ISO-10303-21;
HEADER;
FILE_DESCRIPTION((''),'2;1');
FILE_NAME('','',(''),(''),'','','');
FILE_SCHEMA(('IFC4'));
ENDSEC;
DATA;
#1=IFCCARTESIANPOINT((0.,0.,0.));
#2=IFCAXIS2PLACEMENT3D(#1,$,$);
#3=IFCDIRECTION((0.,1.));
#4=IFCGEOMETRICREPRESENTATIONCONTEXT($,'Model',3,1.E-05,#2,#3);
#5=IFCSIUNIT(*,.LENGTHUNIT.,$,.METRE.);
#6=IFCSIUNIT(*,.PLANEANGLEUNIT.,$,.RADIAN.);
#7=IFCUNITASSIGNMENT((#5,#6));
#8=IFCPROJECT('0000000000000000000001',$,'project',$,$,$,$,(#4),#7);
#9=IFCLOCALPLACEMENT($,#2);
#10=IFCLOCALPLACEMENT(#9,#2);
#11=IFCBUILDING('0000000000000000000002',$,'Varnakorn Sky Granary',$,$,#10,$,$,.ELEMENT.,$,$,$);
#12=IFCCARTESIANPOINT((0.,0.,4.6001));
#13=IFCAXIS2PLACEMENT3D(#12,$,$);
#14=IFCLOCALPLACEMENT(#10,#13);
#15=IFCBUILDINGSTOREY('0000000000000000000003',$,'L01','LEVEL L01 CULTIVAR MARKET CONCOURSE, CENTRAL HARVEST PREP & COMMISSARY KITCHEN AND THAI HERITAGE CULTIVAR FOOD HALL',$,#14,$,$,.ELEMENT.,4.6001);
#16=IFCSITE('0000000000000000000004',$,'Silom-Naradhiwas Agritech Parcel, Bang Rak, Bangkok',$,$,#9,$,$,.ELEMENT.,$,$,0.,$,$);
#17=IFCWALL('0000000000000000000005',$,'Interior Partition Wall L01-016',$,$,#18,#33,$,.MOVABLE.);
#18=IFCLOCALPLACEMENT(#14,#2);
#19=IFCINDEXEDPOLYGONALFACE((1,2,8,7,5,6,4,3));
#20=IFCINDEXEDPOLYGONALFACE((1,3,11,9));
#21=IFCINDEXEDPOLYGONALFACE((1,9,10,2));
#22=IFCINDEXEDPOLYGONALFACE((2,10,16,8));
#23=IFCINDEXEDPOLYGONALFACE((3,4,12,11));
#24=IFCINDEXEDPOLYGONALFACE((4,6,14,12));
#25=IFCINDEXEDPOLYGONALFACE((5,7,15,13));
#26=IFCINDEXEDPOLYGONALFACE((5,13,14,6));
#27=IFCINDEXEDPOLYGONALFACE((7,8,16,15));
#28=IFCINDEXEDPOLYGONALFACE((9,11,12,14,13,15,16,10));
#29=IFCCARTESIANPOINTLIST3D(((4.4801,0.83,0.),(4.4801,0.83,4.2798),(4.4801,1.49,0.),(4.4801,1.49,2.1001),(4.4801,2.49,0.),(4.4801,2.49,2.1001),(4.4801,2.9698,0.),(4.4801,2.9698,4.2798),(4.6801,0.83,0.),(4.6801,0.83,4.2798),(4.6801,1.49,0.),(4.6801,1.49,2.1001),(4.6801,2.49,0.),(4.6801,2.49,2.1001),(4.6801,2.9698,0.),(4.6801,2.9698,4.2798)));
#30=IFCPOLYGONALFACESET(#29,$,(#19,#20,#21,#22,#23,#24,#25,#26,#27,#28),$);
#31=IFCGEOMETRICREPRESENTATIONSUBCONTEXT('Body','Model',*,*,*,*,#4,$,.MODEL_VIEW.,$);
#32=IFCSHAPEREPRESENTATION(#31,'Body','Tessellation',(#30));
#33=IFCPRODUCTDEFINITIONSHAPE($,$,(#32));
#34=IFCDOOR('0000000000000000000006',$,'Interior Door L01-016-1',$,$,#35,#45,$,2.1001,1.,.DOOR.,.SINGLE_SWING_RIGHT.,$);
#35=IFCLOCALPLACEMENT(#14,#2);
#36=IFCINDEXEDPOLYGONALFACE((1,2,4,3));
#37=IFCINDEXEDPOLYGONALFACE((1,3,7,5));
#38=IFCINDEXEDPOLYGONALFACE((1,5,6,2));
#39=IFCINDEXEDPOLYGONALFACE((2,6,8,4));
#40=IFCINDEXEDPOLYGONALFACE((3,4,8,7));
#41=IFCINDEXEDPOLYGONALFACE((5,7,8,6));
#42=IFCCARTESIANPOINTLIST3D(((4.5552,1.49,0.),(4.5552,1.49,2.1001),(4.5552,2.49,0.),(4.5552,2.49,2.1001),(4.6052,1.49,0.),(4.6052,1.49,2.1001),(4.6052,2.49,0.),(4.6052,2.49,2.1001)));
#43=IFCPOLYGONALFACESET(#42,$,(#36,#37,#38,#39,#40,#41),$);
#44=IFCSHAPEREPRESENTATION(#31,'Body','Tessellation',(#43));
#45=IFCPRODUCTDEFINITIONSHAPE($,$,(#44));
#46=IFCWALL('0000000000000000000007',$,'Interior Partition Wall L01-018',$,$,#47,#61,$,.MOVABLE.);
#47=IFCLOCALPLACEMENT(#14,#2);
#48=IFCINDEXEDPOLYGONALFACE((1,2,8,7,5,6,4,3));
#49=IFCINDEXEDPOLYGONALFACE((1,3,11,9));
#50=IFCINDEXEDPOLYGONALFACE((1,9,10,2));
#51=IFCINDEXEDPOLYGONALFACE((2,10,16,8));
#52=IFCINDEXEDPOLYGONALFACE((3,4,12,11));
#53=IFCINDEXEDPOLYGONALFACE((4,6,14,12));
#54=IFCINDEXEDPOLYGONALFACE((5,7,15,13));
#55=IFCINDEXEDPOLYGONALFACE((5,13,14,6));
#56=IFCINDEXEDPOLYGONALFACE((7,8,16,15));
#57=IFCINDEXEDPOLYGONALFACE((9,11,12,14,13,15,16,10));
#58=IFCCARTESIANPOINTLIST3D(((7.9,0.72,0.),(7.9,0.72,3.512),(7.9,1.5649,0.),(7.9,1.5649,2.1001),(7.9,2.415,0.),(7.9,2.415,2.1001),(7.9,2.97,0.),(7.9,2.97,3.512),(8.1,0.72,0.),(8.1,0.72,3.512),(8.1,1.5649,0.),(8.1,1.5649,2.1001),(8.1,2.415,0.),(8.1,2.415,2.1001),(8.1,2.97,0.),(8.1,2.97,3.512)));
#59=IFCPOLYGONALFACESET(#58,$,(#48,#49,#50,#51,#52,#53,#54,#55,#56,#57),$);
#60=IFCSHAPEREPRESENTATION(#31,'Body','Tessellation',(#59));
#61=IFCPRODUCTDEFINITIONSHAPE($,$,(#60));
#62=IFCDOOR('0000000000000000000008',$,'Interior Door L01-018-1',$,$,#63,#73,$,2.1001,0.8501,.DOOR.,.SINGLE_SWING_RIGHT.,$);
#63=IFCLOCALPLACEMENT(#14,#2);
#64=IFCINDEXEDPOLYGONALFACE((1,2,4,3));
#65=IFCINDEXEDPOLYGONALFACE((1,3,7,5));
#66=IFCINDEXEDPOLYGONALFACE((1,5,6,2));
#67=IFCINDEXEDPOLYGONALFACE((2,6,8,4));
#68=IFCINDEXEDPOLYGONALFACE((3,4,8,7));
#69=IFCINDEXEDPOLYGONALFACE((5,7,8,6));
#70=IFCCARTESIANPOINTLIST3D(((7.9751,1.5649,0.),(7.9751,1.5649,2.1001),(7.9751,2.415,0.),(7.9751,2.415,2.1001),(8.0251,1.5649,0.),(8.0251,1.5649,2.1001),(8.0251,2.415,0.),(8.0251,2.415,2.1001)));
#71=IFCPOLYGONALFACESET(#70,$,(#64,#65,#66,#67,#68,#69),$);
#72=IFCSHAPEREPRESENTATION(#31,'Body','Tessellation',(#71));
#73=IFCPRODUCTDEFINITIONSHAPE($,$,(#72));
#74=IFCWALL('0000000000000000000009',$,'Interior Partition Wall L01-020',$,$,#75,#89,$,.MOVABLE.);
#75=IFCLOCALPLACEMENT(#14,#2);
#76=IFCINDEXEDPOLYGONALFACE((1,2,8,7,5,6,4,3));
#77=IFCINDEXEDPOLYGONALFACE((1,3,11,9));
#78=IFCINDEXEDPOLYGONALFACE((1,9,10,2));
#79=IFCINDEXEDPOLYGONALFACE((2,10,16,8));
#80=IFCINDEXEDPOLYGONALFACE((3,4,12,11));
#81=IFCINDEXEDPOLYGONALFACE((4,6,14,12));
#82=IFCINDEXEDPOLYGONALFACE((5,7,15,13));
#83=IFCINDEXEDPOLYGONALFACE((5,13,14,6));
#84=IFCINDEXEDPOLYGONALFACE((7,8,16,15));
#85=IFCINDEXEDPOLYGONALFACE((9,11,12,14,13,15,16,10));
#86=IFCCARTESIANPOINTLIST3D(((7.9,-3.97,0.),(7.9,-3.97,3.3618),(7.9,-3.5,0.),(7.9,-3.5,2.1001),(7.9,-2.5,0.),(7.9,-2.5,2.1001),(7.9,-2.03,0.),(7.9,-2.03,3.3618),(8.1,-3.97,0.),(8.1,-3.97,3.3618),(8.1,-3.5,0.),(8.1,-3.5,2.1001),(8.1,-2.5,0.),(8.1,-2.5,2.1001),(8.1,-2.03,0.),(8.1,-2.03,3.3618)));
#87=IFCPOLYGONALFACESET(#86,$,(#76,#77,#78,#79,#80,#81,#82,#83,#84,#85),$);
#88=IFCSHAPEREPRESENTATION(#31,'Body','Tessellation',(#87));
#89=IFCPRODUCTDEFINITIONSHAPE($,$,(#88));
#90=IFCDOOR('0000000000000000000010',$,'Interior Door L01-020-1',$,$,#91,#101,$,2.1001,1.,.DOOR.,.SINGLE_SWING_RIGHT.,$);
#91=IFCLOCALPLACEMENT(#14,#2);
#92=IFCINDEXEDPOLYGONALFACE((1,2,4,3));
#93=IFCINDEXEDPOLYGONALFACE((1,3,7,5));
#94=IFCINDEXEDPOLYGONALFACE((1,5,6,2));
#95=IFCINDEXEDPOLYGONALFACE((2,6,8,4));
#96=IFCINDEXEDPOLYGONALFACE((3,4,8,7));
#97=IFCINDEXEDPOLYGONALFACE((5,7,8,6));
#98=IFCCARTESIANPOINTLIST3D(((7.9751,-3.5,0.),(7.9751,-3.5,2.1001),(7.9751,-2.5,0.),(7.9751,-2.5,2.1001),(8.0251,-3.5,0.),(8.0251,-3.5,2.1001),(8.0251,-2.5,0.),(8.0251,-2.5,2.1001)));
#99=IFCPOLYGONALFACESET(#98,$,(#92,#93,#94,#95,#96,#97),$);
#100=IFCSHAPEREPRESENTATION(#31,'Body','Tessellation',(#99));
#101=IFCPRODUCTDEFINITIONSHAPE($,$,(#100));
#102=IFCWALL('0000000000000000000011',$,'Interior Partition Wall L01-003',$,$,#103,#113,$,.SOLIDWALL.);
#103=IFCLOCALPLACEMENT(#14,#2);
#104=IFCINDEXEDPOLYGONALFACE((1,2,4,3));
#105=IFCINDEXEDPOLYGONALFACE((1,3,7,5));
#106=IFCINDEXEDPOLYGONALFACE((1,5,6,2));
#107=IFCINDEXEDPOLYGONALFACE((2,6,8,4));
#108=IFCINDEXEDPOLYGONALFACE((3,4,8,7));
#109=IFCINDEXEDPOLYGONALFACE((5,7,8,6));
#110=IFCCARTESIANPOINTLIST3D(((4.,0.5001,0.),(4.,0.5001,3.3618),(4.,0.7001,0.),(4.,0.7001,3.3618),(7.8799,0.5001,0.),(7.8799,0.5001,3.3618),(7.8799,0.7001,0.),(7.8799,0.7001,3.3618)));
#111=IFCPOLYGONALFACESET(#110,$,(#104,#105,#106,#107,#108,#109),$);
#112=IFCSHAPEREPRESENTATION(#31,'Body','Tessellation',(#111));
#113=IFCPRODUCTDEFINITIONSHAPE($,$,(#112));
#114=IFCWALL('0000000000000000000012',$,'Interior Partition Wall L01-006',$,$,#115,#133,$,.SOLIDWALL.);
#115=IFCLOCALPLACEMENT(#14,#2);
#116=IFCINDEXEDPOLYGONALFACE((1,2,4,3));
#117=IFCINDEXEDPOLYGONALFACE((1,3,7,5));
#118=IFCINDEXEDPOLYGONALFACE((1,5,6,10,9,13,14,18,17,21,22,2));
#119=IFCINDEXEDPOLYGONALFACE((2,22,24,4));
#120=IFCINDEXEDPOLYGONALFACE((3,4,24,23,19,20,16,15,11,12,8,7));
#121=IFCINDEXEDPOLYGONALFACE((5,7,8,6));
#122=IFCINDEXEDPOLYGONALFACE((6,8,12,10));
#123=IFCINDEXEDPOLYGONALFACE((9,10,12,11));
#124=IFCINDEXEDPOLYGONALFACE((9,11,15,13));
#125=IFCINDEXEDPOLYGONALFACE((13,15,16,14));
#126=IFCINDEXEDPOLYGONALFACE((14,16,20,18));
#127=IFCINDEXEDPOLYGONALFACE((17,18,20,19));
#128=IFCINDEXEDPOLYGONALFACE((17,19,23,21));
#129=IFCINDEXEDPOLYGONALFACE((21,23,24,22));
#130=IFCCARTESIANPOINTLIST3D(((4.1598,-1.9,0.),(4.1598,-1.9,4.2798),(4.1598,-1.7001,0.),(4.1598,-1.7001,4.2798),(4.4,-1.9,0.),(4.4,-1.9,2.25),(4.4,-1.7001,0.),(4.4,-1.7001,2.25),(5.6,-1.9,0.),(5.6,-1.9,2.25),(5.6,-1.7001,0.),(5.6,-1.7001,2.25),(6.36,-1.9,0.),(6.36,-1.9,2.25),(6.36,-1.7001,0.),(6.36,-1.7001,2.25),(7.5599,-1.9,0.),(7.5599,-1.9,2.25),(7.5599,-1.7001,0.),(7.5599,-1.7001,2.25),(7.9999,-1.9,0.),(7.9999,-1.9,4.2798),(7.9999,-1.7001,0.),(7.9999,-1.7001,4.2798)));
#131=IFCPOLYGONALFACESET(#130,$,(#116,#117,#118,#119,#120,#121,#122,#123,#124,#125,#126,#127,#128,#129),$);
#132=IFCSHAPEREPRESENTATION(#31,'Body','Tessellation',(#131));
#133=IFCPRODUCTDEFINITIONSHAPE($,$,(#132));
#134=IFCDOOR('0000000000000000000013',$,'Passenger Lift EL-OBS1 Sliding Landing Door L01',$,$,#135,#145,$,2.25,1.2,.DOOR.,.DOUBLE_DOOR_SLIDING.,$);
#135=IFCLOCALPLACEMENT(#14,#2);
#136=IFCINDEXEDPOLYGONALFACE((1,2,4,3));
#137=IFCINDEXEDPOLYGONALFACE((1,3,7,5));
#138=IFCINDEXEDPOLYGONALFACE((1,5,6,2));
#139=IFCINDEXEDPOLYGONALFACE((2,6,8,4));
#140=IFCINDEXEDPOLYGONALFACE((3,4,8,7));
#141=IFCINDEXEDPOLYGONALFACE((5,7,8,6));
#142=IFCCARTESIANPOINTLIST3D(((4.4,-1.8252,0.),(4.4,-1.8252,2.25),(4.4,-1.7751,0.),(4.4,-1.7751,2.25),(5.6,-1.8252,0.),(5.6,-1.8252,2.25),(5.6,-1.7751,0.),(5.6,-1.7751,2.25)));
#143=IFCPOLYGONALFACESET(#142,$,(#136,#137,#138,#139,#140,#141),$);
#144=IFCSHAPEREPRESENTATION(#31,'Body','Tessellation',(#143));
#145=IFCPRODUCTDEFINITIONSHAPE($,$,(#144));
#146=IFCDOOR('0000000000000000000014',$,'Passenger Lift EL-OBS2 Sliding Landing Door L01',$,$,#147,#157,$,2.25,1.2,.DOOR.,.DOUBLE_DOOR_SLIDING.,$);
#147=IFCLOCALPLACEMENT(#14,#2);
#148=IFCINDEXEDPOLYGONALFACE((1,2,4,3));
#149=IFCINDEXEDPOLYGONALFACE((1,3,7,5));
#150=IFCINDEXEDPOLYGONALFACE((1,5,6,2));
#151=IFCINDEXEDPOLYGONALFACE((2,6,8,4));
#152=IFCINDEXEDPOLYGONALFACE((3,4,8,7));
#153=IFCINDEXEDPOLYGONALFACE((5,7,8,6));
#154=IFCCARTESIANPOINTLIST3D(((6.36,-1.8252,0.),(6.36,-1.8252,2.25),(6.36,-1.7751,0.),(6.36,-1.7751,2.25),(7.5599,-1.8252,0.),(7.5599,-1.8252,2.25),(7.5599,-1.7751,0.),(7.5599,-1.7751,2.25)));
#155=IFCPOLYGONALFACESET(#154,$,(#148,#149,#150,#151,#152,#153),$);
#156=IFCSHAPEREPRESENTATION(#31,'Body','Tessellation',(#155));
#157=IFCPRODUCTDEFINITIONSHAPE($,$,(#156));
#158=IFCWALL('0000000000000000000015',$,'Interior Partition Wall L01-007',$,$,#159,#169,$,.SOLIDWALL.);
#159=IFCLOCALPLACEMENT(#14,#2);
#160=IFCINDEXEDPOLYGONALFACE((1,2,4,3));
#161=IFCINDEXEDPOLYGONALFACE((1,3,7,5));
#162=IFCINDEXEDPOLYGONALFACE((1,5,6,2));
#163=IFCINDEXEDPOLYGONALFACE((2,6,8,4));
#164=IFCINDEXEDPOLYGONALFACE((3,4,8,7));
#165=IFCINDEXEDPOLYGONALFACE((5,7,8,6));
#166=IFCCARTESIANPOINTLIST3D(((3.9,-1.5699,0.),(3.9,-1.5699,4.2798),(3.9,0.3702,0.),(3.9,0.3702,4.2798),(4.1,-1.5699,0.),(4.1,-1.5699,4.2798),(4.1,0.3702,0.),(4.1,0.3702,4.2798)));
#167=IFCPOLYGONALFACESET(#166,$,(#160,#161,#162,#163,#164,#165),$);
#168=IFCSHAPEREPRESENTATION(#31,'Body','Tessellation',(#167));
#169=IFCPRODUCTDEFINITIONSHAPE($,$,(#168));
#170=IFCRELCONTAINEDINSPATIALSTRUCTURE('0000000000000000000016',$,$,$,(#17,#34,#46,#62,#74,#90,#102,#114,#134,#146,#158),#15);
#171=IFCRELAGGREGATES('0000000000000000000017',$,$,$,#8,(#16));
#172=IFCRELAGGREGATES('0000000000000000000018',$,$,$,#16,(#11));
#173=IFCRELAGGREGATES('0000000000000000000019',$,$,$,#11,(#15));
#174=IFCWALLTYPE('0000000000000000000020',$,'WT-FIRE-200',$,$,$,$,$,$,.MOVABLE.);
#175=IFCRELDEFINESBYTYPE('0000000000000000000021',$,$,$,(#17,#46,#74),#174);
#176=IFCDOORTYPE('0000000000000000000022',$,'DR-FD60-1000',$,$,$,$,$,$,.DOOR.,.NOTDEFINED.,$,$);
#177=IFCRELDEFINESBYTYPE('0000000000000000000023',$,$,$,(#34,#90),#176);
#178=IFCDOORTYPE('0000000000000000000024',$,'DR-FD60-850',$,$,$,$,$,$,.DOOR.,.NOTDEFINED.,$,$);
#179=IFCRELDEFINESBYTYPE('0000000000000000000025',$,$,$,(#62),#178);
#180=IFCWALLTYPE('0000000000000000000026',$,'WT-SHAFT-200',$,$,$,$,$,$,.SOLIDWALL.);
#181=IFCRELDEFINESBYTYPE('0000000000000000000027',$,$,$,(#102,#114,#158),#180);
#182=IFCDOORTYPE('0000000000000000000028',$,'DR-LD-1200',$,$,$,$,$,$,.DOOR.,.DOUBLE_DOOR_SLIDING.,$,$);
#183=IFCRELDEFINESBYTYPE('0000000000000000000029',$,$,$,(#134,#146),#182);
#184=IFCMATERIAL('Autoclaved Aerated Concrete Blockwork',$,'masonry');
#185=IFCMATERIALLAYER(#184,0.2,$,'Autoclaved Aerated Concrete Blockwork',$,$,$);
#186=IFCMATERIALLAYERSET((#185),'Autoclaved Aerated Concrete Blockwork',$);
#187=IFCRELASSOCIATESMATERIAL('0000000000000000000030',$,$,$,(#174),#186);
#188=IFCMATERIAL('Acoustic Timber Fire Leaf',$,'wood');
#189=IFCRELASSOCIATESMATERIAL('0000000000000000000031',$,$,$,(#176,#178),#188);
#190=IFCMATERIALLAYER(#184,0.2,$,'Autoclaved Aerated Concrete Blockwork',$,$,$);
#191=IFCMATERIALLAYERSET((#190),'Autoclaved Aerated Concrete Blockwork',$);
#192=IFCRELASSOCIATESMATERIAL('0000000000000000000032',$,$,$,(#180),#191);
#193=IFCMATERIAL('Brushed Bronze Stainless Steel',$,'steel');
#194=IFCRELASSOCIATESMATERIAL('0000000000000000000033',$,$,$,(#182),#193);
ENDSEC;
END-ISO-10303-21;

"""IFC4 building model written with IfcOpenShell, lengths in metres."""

from ifc_helpers import new_model, si_unit, direction, frame, frame_2d, origin, place, context, subcontext, project, spatial, rectangle, extrude, material, layer, layer_set, type_object, element, fill, save


model = new_model("IFC4")

# Units and contexts
model_context = context("Model", 3, precision=1e-05, world=origin(), true_north=direction((0.0, 1.0)))
body_context = subcontext(model_context, "Body", "Model", "MODEL_VIEW")
ifc_project = project(units=[si_unit("LENGTHUNIT", "METRE"), si_unit("PLANEANGLEUNIT", "RADIAN")], contexts=[model_context])

# Site, building, storey
site_placement = place(None, origin())
site = spatial("IfcSite", under=ifc_project, at=site_placement, Name="Silom-Naradhiwas Agritech Parcel, Bang Rak, Bangkok", CompositionType="ELEMENT", RefElevation=0.0)
building_placement = place(site_placement, origin())
building = spatial("IfcBuilding", under=site, at=building_placement, Name="Varnakorn Sky Granary", CompositionType="ELEMENT")
storey_placement = place(building_placement, frame((0.0, 0.0, 4.6001)))
storey = spatial("IfcBuildingStorey", under=building, at=storey_placement, Name="L01", Description="LEVEL L01 CULTIVAR MARKET CONCOURSE, CENTRAL HARVEST PREP & COMMISSARY KITCHEN AND THAI HERITAGE CULTIVAR FOOD HALL", CompositionType="ELEMENT", Elevation=4.6001)

# Walls, openings, doors
ifc_material_1 = material(Name="Autoclaved Aerated Concrete Blockwork", Category="masonry")
ifc_layer_1 = layer(ifc_material_1, 0.2, Name="Autoclaved Aerated Concrete Blockwork")
ifc_layer_set_1 = layer_set([ifc_layer_1], Name="Autoclaved Aerated Concrete Blockwork")
wall_type_1 = type_object("IfcWallType", Name="WT-FIRE-200", PredefinedType="MOVABLE", material=ifc_layer_set_1)
wall_1_placement = place(storey_placement, frame((4.5801, 0.8301, 0.0), z_axis=(0.0, 0.0, 1.0), x_axis=(0.0, 1.0, 0.0)))
wall_1 = element("IfcWall", 1, at=wall_1_placement, inside=storey, type_object=wall_type_1, Name="Interior Partition Wall L01-016", PredefinedType="MOVABLE", context=body_context, shape_type="SweptSolid", body=[
    extrude(rectangle(XDim=2.1399, YDim=0.2, at=frame_2d((1.0698, 0.0))), origin(), (0.0, 0.0, 1.0), 4.2798),
])
opening_1_placement = place(wall_1_placement, frame((0.6599, 0.0, 0.0)))
opening_1 = element("IfcOpeningElement", 2, at=opening_1_placement, cuts=wall_1, PredefinedType="OPENING", context=body_context, shape_type="SweptSolid", body=[
    extrude(rectangle(XDim=1.0, YDim=2.1001, at=frame_2d((0.5, 1.05))), frame((0.0, 0.1099, 0.0), z_axis=(0.0, -1.0, 0.0), x_axis=(1.0, 0.0, 0.0)), (0.0, 0.0, 1.0), 0.22),
])
ifc_material_2 = material(Name="Acoustic Timber Fire Leaf", Category="wood")
door_type_1 = type_object("IfcDoorType", Name="DR-FD60-1000", OperationType="NOTDEFINED", PredefinedType="DOOR", material=ifc_material_2)
door_1_placement = place(opening_1_placement, origin())
door_1 = element("IfcDoor", 3, at=door_1_placement, inside=storey, type_object=door_type_1, Name="Interior Door L01-016-1", OperationType="SINGLE_SWING_RIGHT", OverallHeight=2.1001, OverallWidth=1.0, PredefinedType="DOOR", context=body_context, shape_type="SweptSolid", body=[
    extrude(rectangle(XDim=1.0, YDim=2.1001, at=frame_2d((0.5, 1.05))), frame((0.0, 0.0249, 0.0), z_axis=(0.0, -1.0, 0.0), x_axis=(1.0, 0.0, 0.0)), (0.0, 0.0, 1.0), 0.05),
])
fill(opening_1, door_1)
wall_2_placement = place(storey_placement, frame((8.0, 0.72, 0.0), z_axis=(0.0, 0.0, 1.0), x_axis=(0.0, 1.0, 0.0)))
wall_2 = element("IfcWall", 4, at=wall_2_placement, inside=storey, type_object=wall_type_1, Name="Interior Partition Wall L01-018", PredefinedType="MOVABLE", context=body_context, shape_type="SweptSolid", body=[
    extrude(rectangle(XDim=2.25, YDim=0.2, at=frame_2d((1.125, 0.0))), origin(), (0.0, 0.0, 1.0), 3.512),
])
opening_2_placement = place(wall_2_placement, frame((0.845, 0.0, 0.0)))
opening_2 = element("IfcOpeningElement", 5, at=opening_2_placement, cuts=wall_2, PredefinedType="OPENING", context=body_context, shape_type="SweptSolid", body=[
    extrude(rectangle(XDim=0.8501, YDim=2.1001, at=frame_2d((0.425, 1.05))), frame((0.0, 0.1099, 0.0), z_axis=(0.0, -1.0, 0.0), x_axis=(1.0, 0.0, 0.0)), (0.0, 0.0, 1.0), 0.22),
])
door_type_2 = type_object("IfcDoorType", Name="DR-FD60-850", OperationType="NOTDEFINED", PredefinedType="DOOR", material=ifc_material_2)
door_2_placement = place(opening_2_placement, origin())
door_2 = element("IfcDoor", 6, at=door_2_placement, inside=storey, type_object=door_type_2, Name="Interior Door L01-018-1", OperationType="SINGLE_SWING_RIGHT", OverallHeight=2.1001, OverallWidth=0.8501, PredefinedType="DOOR", context=body_context, shape_type="SweptSolid", body=[
    extrude(rectangle(XDim=0.8501, YDim=2.1001, at=frame_2d((0.425, 1.05))), frame((0.0, 0.0249, 0.0), z_axis=(0.0, -1.0, 0.0), x_axis=(1.0, 0.0, 0.0)), (0.0, 0.0, 1.0), 0.05),
])
fill(opening_2, door_2)
wall_3_placement = place(storey_placement, frame((8.0, -3.97, 0.0), z_axis=(0.0, 0.0, 1.0), x_axis=(0.0, 1.0, 0.0)))
wall_3 = element("IfcWall", 7, at=wall_3_placement, inside=storey, type_object=wall_type_1, Name="Interior Partition Wall L01-020", PredefinedType="MOVABLE", context=body_context, shape_type="SweptSolid", body=[
    extrude(rectangle(XDim=1.9399, YDim=0.2, at=frame_2d((0.97, 0.0))), origin(), (0.0, 0.0, 1.0), 3.3618),
])
opening_3_placement = place(wall_3_placement, frame((0.47, 0.0, 0.0)))
opening_3 = element("IfcOpeningElement", 8, at=opening_3_placement, cuts=wall_3, PredefinedType="OPENING", context=body_context, shape_type="SweptSolid", body=[
    extrude(rectangle(XDim=1.0, YDim=2.1001, at=frame_2d((0.5, 1.05))), frame((0.0, 0.1099, 0.0), z_axis=(0.0, -1.0, 0.0), x_axis=(1.0, 0.0, 0.0)), (0.0, 0.0, 1.0), 0.22),
])
door_3_placement = place(opening_3_placement, origin())
door_3 = element("IfcDoor", 9, at=door_3_placement, inside=storey, type_object=door_type_1, Name="Interior Door L01-020-1", OperationType="SINGLE_SWING_RIGHT", OverallHeight=2.1001, OverallWidth=1.0, PredefinedType="DOOR", context=body_context, shape_type="SweptSolid", body=[
    extrude(rectangle(XDim=1.0, YDim=2.1001, at=frame_2d((0.5, 1.05))), frame((0.0, 0.0249, 0.0), z_axis=(0.0, -1.0, 0.0), x_axis=(1.0, 0.0, 0.0)), (0.0, 0.0, 1.0), 0.05),
])
fill(opening_3, door_3)

# Wall
ifc_layer_2 = layer(ifc_material_1, 0.2, Name="Autoclaved Aerated Concrete Blockwork")
ifc_layer_set_2 = layer_set([ifc_layer_2], Name="Autoclaved Aerated Concrete Blockwork")
wall_type_2 = type_object("IfcWallType", Name="WT-SHAFT-200", PredefinedType="SOLIDWALL", material=ifc_layer_set_2)
wall_4_placement = place(storey_placement, frame((4.0, 0.6001, 0.0), z_axis=(0.0, 0.0, 1.0), x_axis=(1.0, 0.0, 0.0)))
element("IfcWall", 10, at=wall_4_placement, inside=storey, type_object=wall_type_2, Name="Interior Partition Wall L01-003", PredefinedType="SOLIDWALL", context=body_context, shape_type="SweptSolid", body=[
    extrude(rectangle(XDim=3.8799, YDim=0.2, at=frame_2d((1.9399, 0.0))), origin(), (0.0, 0.0, 1.0), 3.3618),
])

# Wall, openings, doors
wall_5_placement = place(storey_placement, frame((4.1599, -1.8, 0.0), z_axis=(0.0, 0.0, 1.0), x_axis=(1.0, 0.0, 0.0)))
wall_5 = element("IfcWall", 11, at=wall_5_placement, inside=storey, type_object=wall_type_2, Name="Interior Partition Wall L01-006", PredefinedType="SOLIDWALL", context=body_context, shape_type="SweptSolid", body=[
    extrude(rectangle(XDim=3.8401, YDim=0.2, at=frame_2d((1.9199, 0.0))), origin(), (0.0, 0.0, 1.0), 4.2798),
])
opening_4_placement = place(wall_5_placement, frame((0.24, 0.0, 0.0)))
opening_4 = element("IfcOpeningElement", 12, at=opening_4_placement, cuts=wall_5, PredefinedType="OPENING", context=body_context, shape_type="SweptSolid", body=[
    extrude(rectangle(XDim=1.2, YDim=2.25, at=frame_2d((0.6001, 1.125))), frame((0.0, 0.1099, 0.0), z_axis=(0.0, -1.0, 0.0), x_axis=(1.0, 0.0, 0.0)), (0.0, 0.0, 1.0), 0.22),
])
opening_5_placement = place(wall_5_placement, frame((2.2, 0.0, 0.0)))
opening_5 = element("IfcOpeningElement", 13, at=opening_5_placement, cuts=wall_5, PredefinedType="OPENING", context=body_context, shape_type="SweptSolid", body=[
    extrude(rectangle(XDim=1.2, YDim=2.25, at=frame_2d((0.6001, 1.125))), frame((0.0, 0.1099, 0.0), z_axis=(0.0, -1.0, 0.0), x_axis=(1.0, 0.0, 0.0)), (0.0, 0.0, 1.0), 0.22),
])
ifc_material_3 = material(Name="Brushed Bronze Stainless Steel", Category="steel")
door_type_3 = type_object("IfcDoorType", Name="DR-LD-1200", OperationType="DOUBLE_DOOR_SLIDING", PredefinedType="DOOR", material=ifc_material_3)
door_4_placement = place(opening_4_placement, origin())
door_4 = element("IfcDoor", 14, at=door_4_placement, inside=storey, type_object=door_type_3, Name="Passenger Lift EL-OBS1 Sliding Landing Door L01", OperationType="DOUBLE_DOOR_SLIDING", OverallHeight=2.25, OverallWidth=1.2, PredefinedType="DOOR", context=body_context, shape_type="SweptSolid", body=[
    extrude(rectangle(XDim=1.2, YDim=2.25, at=frame_2d((0.6001, 1.125))), frame((0.0, 0.0249, 0.0), z_axis=(0.0, -1.0, 0.0), x_axis=(1.0, 0.0, 0.0)), (0.0, 0.0, 1.0), 0.05),
])
fill(opening_4, door_4)
door_5_placement = place(opening_5_placement, origin())
door_5 = element("IfcDoor", 15, at=door_5_placement, inside=storey, type_object=door_type_3, Name="Passenger Lift EL-OBS2 Sliding Landing Door L01", OperationType="DOUBLE_DOOR_SLIDING", OverallHeight=2.25, OverallWidth=1.2, PredefinedType="DOOR", context=body_context, shape_type="SweptSolid", body=[
    extrude(rectangle(XDim=1.2, YDim=2.25, at=frame_2d((0.6001, 1.125))), frame((0.0, 0.0249, 0.0), z_axis=(0.0, -1.0, 0.0), x_axis=(1.0, 0.0, 0.0)), (0.0, 0.0, 1.0), 0.05),
])
fill(opening_5, door_5)

# Wall
wall_6_placement = place(storey_placement, frame((4.0, -1.5701, 0.0), z_axis=(0.0, 0.0, 1.0), x_axis=(0.0, 1.0, 0.0)))
element("IfcWall", 16, at=wall_6_placement, inside=storey, type_object=wall_type_2, Name="Interior Partition Wall L01-007", PredefinedType="SOLIDWALL", context=body_context, shape_type="SweptSolid", body=[
    extrude(rectangle(XDim=1.9402, YDim=0.2, at=frame_2d((0.9702, 0.0))), origin(), (0.0, 0.0, 1.0), 4.2798),
])

save(model, "model.ifc")
